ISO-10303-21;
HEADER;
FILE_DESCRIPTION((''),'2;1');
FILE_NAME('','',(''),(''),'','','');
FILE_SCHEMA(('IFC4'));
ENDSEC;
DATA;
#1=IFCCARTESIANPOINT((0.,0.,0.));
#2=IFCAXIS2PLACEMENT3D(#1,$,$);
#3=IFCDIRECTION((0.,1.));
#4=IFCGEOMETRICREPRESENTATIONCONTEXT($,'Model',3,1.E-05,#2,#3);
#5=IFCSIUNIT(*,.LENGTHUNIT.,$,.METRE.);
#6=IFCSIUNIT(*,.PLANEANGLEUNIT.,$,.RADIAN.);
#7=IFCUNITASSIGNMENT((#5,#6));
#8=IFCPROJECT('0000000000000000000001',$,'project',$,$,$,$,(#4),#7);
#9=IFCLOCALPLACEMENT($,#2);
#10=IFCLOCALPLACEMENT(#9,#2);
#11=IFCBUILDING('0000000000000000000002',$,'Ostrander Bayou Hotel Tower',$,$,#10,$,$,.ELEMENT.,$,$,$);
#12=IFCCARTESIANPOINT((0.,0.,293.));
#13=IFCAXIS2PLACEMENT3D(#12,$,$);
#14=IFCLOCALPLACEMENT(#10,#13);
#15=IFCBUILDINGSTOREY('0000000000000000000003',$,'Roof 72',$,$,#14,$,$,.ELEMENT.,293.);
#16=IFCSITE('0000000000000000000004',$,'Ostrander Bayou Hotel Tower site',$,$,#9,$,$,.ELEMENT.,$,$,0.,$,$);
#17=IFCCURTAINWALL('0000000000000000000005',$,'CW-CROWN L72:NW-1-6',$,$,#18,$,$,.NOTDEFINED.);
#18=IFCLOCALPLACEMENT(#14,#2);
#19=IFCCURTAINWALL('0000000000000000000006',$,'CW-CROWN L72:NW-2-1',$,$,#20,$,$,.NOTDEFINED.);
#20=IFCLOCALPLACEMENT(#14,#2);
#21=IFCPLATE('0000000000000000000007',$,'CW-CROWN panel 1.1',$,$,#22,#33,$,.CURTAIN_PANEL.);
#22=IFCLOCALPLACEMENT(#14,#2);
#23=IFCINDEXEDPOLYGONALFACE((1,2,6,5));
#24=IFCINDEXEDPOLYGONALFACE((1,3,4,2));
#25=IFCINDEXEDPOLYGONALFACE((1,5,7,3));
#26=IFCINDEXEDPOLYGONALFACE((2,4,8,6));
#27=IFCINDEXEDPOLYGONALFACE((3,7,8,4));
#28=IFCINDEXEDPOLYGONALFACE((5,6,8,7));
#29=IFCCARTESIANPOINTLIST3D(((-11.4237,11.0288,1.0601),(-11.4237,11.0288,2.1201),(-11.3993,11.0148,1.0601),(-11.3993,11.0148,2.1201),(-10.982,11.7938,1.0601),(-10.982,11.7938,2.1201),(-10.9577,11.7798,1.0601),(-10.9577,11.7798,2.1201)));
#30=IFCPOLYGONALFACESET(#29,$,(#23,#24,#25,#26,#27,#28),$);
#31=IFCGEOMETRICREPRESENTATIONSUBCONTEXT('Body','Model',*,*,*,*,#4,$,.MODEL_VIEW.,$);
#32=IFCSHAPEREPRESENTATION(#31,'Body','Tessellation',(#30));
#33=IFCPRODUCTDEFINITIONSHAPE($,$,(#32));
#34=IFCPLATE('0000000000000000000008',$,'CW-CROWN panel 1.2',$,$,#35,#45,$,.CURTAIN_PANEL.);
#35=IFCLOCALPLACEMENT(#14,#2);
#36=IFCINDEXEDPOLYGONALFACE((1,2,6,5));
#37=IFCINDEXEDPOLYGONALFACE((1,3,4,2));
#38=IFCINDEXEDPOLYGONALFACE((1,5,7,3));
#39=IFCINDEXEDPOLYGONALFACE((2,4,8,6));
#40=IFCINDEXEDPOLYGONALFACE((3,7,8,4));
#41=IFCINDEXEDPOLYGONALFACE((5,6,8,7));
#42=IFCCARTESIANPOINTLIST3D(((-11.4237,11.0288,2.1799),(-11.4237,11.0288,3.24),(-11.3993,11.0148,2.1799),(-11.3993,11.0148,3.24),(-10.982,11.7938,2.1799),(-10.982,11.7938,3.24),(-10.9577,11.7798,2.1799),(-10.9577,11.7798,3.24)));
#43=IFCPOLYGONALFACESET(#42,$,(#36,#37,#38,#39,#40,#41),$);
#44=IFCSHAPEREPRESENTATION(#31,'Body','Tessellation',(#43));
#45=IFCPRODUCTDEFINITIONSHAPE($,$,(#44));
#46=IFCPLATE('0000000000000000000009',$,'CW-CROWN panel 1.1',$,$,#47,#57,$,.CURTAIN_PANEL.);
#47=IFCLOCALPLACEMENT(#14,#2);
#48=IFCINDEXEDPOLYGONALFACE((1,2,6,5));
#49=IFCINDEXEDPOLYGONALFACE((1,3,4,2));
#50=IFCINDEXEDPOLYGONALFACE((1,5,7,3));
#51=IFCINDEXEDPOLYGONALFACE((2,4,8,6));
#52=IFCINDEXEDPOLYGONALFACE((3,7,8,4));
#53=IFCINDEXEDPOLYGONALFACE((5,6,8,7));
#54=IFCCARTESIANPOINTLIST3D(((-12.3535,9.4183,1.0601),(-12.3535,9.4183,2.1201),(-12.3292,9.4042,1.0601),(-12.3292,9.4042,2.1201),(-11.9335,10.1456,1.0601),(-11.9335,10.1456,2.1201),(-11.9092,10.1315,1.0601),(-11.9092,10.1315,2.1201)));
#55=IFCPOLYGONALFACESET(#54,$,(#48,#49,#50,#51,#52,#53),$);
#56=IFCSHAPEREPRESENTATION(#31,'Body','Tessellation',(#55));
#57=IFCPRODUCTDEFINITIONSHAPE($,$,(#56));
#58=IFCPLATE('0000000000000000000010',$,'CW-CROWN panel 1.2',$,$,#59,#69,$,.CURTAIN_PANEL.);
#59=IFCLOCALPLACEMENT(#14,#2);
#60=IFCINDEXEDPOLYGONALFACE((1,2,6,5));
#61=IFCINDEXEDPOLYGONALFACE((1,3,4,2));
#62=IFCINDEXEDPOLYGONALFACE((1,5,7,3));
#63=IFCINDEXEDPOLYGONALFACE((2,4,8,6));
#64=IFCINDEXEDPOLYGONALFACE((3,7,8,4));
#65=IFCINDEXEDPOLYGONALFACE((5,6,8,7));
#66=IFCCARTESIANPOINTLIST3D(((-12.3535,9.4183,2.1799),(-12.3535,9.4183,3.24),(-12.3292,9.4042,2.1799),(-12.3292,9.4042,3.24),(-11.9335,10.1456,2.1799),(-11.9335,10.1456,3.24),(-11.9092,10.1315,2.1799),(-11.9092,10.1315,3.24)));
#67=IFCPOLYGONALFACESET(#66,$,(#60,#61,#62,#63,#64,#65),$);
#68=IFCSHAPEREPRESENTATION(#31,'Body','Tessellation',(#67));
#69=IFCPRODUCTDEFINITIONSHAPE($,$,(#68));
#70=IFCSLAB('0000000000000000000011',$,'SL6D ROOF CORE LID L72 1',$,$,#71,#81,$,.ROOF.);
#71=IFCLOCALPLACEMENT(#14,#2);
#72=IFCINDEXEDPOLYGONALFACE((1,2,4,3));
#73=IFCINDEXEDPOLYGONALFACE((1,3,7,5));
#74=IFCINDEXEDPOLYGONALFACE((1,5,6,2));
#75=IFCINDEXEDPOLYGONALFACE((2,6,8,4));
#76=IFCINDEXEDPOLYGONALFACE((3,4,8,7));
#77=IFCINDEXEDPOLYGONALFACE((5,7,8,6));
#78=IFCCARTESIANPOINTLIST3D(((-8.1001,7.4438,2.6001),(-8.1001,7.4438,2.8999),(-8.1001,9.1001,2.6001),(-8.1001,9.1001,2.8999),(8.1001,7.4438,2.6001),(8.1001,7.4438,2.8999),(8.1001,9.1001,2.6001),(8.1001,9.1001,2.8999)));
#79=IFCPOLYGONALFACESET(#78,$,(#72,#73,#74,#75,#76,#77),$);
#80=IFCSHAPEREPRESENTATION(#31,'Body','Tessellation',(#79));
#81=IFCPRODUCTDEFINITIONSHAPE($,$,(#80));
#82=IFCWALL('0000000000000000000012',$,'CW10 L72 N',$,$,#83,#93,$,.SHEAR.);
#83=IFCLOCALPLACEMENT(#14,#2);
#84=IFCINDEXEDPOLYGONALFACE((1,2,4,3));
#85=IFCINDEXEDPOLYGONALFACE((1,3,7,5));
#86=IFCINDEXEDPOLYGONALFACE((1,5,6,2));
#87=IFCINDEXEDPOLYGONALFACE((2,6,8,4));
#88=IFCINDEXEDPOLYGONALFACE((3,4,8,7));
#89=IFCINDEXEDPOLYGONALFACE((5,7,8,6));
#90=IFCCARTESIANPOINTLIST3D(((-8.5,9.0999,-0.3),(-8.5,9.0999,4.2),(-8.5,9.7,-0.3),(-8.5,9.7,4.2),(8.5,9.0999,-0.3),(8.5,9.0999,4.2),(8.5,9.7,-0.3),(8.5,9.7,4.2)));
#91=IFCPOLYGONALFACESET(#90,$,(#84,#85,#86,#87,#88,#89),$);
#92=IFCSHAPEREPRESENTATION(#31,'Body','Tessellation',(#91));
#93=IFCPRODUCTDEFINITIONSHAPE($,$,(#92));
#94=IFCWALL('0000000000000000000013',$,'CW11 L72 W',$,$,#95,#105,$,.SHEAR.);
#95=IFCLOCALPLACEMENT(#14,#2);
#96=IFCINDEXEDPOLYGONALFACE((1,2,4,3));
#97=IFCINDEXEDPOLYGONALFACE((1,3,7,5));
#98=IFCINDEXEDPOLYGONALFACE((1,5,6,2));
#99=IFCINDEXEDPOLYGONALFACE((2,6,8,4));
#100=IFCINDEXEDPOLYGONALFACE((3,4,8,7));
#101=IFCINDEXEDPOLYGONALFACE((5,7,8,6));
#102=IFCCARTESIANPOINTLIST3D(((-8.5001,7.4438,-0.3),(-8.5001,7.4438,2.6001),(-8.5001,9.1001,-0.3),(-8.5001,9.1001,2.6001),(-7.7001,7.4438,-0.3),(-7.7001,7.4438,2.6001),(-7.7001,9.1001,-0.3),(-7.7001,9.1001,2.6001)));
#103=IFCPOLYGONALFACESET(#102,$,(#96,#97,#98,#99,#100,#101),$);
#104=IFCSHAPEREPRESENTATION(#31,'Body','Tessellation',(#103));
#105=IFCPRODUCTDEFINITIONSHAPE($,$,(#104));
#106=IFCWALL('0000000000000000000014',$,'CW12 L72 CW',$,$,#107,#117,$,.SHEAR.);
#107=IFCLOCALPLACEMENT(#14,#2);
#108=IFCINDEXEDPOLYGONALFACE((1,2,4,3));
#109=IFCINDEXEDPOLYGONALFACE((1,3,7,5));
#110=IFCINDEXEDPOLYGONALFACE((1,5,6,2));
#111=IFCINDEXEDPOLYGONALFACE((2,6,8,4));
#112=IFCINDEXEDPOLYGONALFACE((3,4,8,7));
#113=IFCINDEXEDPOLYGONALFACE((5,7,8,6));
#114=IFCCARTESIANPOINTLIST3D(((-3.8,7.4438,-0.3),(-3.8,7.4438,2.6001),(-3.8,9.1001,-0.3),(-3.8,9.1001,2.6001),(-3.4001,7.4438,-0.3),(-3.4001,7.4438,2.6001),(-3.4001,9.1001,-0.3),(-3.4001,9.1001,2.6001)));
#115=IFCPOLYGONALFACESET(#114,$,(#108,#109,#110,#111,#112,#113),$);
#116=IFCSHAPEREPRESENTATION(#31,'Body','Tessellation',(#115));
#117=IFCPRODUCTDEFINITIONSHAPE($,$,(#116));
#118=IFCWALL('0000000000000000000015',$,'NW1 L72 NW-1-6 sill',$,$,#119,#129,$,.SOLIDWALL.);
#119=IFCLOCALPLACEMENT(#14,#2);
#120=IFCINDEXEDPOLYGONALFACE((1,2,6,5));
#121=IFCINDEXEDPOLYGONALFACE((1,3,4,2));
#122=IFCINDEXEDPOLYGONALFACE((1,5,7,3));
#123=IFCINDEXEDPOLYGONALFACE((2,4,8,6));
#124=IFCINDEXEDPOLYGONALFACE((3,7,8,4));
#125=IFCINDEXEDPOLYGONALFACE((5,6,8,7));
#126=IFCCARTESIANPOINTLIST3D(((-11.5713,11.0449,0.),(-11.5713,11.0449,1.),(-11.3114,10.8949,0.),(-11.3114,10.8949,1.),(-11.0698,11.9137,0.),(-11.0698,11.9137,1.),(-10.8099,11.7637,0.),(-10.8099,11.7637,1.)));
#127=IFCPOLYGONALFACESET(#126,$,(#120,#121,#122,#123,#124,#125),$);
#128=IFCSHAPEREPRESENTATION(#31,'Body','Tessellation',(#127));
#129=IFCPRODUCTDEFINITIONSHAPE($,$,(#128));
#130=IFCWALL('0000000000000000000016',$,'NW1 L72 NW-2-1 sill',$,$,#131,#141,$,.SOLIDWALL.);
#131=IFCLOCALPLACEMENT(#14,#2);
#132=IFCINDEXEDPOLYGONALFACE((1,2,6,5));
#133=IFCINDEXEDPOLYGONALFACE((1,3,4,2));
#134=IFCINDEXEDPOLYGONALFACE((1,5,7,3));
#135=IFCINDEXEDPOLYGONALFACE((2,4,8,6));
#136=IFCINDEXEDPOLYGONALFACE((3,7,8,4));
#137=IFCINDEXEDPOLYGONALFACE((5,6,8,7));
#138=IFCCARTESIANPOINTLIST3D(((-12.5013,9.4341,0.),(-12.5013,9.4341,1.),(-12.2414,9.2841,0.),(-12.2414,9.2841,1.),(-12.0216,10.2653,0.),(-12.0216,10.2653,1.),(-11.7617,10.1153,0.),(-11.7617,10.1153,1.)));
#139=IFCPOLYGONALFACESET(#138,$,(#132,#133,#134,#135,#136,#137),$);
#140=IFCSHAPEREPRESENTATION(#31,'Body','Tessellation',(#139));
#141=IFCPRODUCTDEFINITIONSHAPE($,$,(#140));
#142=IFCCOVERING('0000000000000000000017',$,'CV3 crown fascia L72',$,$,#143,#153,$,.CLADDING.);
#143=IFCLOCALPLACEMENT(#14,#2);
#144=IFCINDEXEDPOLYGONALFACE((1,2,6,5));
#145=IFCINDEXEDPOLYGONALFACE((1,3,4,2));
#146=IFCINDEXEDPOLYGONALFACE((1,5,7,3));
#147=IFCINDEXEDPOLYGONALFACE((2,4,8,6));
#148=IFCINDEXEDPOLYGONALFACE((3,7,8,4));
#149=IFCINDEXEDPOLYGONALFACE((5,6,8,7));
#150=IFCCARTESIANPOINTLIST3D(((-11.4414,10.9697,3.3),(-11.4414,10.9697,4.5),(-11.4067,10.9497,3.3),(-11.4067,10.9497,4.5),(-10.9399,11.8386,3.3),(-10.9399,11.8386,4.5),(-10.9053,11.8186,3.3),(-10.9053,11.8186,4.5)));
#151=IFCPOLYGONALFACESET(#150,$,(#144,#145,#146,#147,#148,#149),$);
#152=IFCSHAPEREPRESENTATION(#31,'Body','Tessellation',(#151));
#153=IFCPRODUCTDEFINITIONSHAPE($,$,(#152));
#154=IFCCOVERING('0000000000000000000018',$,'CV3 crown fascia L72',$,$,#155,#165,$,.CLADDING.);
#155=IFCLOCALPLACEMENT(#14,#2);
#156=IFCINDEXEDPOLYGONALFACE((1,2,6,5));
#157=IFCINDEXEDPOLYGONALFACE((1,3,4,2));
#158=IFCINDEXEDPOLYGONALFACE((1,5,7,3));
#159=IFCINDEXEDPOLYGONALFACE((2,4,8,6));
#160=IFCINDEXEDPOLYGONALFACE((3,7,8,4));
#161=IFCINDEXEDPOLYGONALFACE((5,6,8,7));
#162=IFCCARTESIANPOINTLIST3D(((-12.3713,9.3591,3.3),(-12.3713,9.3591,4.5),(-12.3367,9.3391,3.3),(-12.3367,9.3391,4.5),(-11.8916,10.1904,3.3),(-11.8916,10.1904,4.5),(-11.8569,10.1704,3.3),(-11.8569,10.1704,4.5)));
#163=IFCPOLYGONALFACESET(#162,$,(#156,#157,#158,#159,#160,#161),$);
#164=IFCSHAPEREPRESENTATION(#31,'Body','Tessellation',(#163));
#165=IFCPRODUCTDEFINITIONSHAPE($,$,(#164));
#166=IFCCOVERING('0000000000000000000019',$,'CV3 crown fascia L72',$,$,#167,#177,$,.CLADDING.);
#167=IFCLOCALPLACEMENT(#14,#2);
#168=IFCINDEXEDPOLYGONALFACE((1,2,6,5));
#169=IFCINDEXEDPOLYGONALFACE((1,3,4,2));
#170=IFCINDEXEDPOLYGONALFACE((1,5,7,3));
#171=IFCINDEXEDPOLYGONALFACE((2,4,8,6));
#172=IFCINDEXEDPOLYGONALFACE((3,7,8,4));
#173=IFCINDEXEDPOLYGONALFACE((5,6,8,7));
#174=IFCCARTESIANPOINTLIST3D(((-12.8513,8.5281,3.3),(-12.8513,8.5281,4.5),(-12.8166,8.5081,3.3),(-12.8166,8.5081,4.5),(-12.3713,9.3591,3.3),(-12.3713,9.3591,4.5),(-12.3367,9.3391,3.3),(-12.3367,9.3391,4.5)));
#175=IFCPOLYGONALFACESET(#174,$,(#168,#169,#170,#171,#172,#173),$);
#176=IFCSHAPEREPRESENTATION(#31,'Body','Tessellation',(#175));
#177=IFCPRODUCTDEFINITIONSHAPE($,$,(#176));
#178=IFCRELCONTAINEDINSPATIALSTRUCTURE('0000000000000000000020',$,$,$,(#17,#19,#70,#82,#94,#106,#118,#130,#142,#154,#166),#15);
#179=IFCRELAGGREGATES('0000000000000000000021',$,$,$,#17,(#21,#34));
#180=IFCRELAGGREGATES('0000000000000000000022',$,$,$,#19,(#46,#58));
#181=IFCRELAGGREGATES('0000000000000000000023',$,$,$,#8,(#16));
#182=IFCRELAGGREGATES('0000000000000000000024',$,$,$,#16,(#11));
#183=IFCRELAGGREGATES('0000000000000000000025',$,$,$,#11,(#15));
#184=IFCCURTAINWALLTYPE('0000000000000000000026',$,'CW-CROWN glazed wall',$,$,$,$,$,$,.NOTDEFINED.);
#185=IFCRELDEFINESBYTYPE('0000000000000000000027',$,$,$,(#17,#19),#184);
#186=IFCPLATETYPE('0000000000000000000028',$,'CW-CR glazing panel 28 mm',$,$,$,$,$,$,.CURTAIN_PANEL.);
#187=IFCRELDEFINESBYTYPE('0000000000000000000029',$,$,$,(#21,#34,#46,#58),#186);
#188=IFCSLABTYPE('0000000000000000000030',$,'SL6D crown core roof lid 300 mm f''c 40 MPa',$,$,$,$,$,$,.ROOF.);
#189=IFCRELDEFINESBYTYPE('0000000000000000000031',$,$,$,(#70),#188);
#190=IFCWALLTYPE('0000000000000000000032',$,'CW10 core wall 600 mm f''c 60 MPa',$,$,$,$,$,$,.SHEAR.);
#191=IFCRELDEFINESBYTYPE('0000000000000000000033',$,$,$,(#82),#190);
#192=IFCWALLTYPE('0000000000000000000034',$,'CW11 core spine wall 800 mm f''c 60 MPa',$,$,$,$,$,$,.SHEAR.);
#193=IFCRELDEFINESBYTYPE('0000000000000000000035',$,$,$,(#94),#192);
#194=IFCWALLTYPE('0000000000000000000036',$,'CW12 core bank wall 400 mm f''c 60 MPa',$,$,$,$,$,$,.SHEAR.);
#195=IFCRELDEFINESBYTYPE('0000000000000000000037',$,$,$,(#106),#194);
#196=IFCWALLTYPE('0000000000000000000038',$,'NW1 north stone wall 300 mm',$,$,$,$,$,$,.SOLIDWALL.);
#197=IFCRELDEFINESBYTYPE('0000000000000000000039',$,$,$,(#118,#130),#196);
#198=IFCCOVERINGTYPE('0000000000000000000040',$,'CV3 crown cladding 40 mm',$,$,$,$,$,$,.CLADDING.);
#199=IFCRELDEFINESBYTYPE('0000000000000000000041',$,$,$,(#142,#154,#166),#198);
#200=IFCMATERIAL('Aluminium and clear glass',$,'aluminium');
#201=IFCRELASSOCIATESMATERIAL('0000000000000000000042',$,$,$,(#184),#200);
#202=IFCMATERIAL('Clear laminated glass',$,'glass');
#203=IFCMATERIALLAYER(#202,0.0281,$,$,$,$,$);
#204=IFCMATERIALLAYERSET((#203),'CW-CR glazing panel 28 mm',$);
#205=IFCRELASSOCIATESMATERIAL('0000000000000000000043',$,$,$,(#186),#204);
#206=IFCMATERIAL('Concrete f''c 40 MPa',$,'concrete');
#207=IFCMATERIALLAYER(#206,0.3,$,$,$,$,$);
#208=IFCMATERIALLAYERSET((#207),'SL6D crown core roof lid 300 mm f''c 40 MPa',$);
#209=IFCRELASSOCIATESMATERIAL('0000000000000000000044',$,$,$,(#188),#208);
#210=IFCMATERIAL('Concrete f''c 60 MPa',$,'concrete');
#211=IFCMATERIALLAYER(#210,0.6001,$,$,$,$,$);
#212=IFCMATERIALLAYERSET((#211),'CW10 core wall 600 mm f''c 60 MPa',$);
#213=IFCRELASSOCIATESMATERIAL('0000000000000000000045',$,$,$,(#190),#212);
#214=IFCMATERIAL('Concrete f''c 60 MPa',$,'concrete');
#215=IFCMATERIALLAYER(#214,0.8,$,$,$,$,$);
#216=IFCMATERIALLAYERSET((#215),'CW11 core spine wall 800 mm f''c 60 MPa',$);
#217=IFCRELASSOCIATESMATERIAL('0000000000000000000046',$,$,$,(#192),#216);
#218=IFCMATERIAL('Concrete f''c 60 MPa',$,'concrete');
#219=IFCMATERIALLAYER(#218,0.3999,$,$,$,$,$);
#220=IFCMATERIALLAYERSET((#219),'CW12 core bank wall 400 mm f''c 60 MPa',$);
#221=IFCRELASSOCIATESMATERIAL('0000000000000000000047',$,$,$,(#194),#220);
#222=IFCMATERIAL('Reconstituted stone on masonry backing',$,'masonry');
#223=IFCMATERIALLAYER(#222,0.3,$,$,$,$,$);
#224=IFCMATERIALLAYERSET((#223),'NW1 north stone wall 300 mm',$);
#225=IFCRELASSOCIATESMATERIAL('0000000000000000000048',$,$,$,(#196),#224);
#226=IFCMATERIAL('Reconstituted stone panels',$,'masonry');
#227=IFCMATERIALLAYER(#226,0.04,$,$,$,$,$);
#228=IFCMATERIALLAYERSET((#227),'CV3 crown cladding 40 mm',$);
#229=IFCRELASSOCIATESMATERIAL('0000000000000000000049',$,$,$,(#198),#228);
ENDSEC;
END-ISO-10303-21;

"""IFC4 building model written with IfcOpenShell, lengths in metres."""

from ifc_helpers import new_model, si_unit, direction, frame, frame_2d, origin, origin_2d, place, context, subcontext, project, spatial, polyline, rectangle, outline, extrude, material, layer, layer_set, type_object, element, aggregate, save


model = new_model("IFC4")

# Units and contexts
model_context = context("Model", 3, precision=1e-05, world=origin(), true_north=direction((0.0, 1.0)))
body_context = subcontext(model_context, "Body", "Model", "MODEL_VIEW")
ifc_project = project(units=[si_unit("LENGTHUNIT", "METRE"), si_unit("PLANEANGLEUNIT", "RADIAN")], contexts=[model_context])

# Site, building, storey
site_placement = place(None, origin())
site = spatial("IfcSite", under=ifc_project, at=site_placement, Name="Ostrander Bayou Hotel Tower site", CompositionType="ELEMENT", RefElevation=0.0)
building_placement = place(site_placement, origin())
building = spatial("IfcBuilding", under=site, at=building_placement, Name="Ostrander Bayou Hotel Tower", CompositionType="ELEMENT")
storey_placement = place(building_placement, frame((0.0, 0.0, 293.0)))
storey = spatial("IfcBuildingStorey", under=building, at=storey_placement, Name="Roof 72", CompositionType="ELEMENT", Elevation=293.0)

# Shared definitions
ifc_material_1 = material(Name="Aluminium and clear glass", Category="aluminium")
curtain_wall_type = type_object("IfcCurtainWallType", Name="CW-CROWN glazed wall", PredefinedType="NOTDEFINED", material=ifc_material_1)

# Curtain walls
curtain_wall_1_placement = place(storey_placement, origin())
curtain_wall_1 = element("IfcCurtainWall", 1, at=curtain_wall_1_placement, inside=storey, type_object=curtain_wall_type, Name="CW-CROWN L72:NW-1-6", PredefinedType="NOTDEFINED")
curtain_wall_2_placement = place(storey_placement, origin())
curtain_wall_2 = element("IfcCurtainWall", 2, at=curtain_wall_2_placement, inside=storey, type_object=curtain_wall_type, Name="CW-CROWN L72:NW-2-1", PredefinedType="NOTDEFINED")

# Plates
ifc_material_2 = material(Name="Clear laminated glass", Category="glass")
ifc_layer_1 = layer(ifc_material_2, 0.0281)
ifc_layer_set_1 = layer_set([ifc_layer_1], Name="CW-CR glazing panel 28 mm")
plate_type = type_object("IfcPlateType", Name="CW-CR glazing panel 28 mm", PredefinedType="CURTAIN_PANEL", material=ifc_layer_set_1)
plate_1_placement = place(storey_placement, frame((-11.1907, 11.4043, 1.0601), z_axis=(0.0, 0.0, 1.0), x_axis=(-0.499999, -0.866026, 0.0)))
plate_1 = element("IfcPlate", 3, at=plate_1_placement, type_object=plate_type, Name="CW-CROWN panel 1.1", PredefinedType="CURTAIN_PANEL", context=body_context, shape_type="SweptSolid", body=[
    extrude(rectangle(XDim=0.8833, YDim=0.0281, at=origin_2d()), origin(), (0.0, 0.0, 1.0), 1.0601),
])
plate_2_placement = place(storey_placement, frame((-11.1907, 11.4043, 2.1799), z_axis=(0.0, 0.0, 1.0), x_axis=(-0.499999, -0.866026, 0.0)))
plate_2 = element("IfcPlate", 4, at=plate_2_placement, type_object=plate_type, Name="CW-CROWN panel 1.2", PredefinedType="CURTAIN_PANEL", context=body_context, shape_type="SweptSolid", body=[
    extrude(rectangle(XDim=0.8833, YDim=0.0281, at=origin_2d()), origin(), (0.0, 0.0, 1.0), 1.0601),
])
aggregate(curtain_wall_1, [plate_1, plate_2])
plate_3_placement = place(storey_placement, frame((-12.1313, 9.7749, 1.0601), z_axis=(0.0, 0.0, 1.0), x_axis=(-0.500005, -0.866022, 0.0)))
plate_3 = element("IfcPlate", 5, at=plate_3_placement, type_object=plate_type, Name="CW-CROWN panel 1.1", PredefinedType="CURTAIN_PANEL", context=body_context, shape_type="SweptSolid", body=[
    extrude(rectangle(XDim=0.8398, YDim=0.0281, at=origin_2d()), origin(), (0.0, 0.0, 1.0), 1.0601),
])
plate_4_placement = place(storey_placement, frame((-12.1313, 9.7749, 2.1799), z_axis=(0.0, 0.0, 1.0), x_axis=(-0.500005, -0.866022, 0.0)))
plate_4 = element("IfcPlate", 6, at=plate_4_placement, type_object=plate_type, Name="CW-CROWN panel 1.2", PredefinedType="CURTAIN_PANEL", context=body_context, shape_type="SweptSolid", body=[
    extrude(rectangle(XDim=0.8398, YDim=0.0281, at=origin_2d()), origin(), (0.0, 0.0, 1.0), 1.0601),
])
aggregate(curtain_wall_2, [plate_3, plate_4])

# Slab
ifc_material_3 = material(Name="Concrete f'c 40 MPa", Category="concrete")
ifc_layer_2 = layer(ifc_material_3, 0.3)
ifc_layer_set_2 = layer_set([ifc_layer_2], Name="SL6D crown core roof lid 300 mm f'c 40 MPa")
slab_type = type_object("IfcSlabType", Name="SL6D crown core roof lid 300 mm f'c 40 MPa", PredefinedType="ROOF", material=ifc_layer_set_2)
slab_placement = place(storey_placement, frame((0.0, 0.0, 2.6001)))
element("IfcSlab", 7, at=slab_placement, inside=storey, type_object=slab_type, Name="SL6D ROOF CORE LID L72 1", PredefinedType="ROOF", context=body_context, shape_type="SweptSolid", body=[
    extrude(outline(polyline([(8.1001, 7.4438), (-8.1001, 7.4438), (-8.1001, 9.1001), (8.1001, 9.1001), (8.1001, 7.4438)])), origin(), (0.0, 0.0, 1.0), 0.2998),
])

# Walls
ifc_material_4 = material(Name="Concrete f'c 60 MPa", Category="concrete")
ifc_layer_3 = layer(ifc_material_4, 0.6001)
ifc_layer_set_3 = layer_set([ifc_layer_3], Name="CW10 core wall 600 mm f'c 60 MPa")
wall_type_1 = type_object("IfcWallType", Name="CW10 core wall 600 mm f'c 60 MPa", PredefinedType="SHEAR", material=ifc_layer_set_3)
wall_1_placement = place(storey_placement, frame((-8.5, 9.3999, -0.3), z_axis=(0.0, 0.0, 1.0), x_axis=(1.0, 0.0, 0.0)))
element("IfcWall", 8, at=wall_1_placement, inside=storey, type_object=wall_type_1, Name="CW10 L72 N", PredefinedType="SHEAR", context=body_context, shape_type="SweptSolid", body=[
    extrude(rectangle(XDim=17.0, YDim=0.6001, at=frame_2d((8.5, 0.0))), origin(), (0.0, 0.0, 1.0), 4.5),
])
ifc_material_5 = material(Name="Concrete f'c 60 MPa", Category="concrete")
ifc_layer_4 = layer(ifc_material_5, 0.8)
ifc_layer_set_4 = layer_set([ifc_layer_4], Name="CW11 core spine wall 800 mm f'c 60 MPa")
wall_type_2 = type_object("IfcWallType", Name="CW11 core spine wall 800 mm f'c 60 MPa", PredefinedType="SHEAR", material=ifc_layer_set_4)
wall_2_placement = place(storey_placement, frame((-8.1001, 7.4438, -0.3), z_axis=(0.0, 0.0, 1.0), x_axis=(0.0, 1.0, 0.0)))
element("IfcWall", 9, at=wall_2_placement, inside=storey, type_object=wall_type_2, Name="CW11 L72 W", PredefinedType="SHEAR", context=body_context, shape_type="SweptSolid", body=[
    extrude(rectangle(XDim=1.6562, YDim=0.8, at=frame_2d((0.8281, 0.0))), origin(), (0.0, 0.0, 1.0), 2.9001),
])
ifc_material_6 = material(Name="Concrete f'c 60 MPa", Category="concrete")
ifc_layer_5 = layer(ifc_material_6, 0.3999)
ifc_layer_set_5 = layer_set([ifc_layer_5], Name="CW12 core bank wall 400 mm f'c 60 MPa")
wall_type_3 = type_object("IfcWallType", Name="CW12 core bank wall 400 mm f'c 60 MPa", PredefinedType="SHEAR", material=ifc_layer_set_5)
wall_3_placement = place(storey_placement, frame((-3.6001, 7.4438, -0.3), z_axis=(0.0, 0.0, 1.0), x_axis=(0.0, 1.0, 0.0)))
element("IfcWall", 10, at=wall_3_placement, inside=storey, type_object=wall_type_3, Name="CW12 L72 CW", PredefinedType="SHEAR", context=body_context, shape_type="SweptSolid", body=[
    extrude(rectangle(XDim=1.6562, YDim=0.3999, at=frame_2d((0.8281, 0.0))), origin(), (0.0, 0.0, 1.0), 2.9001),
])
ifc_material_7 = material(Name="Reconstituted stone on masonry backing", Category="masonry")
ifc_layer_6 = layer(ifc_material_7, 0.3)
ifc_layer_set_6 = layer_set([ifc_layer_6], Name="NW1 north stone wall 300 mm")
wall_type_4 = type_object("IfcWallType", Name="NW1 north stone wall 300 mm", PredefinedType="SOLIDWALL", material=ifc_layer_set_6)
wall_4_placement = place(storey_placement, frame((-10.9399, 11.8386, 0.0), z_axis=(0.0, 0.0, 1.0), x_axis=(-0.499856, -0.866109, 0.0)))
element("IfcWall", 11, at=wall_4_placement, inside=storey, type_object=wall_type_4, Name="NW1 L72 NW-1-6 sill", PredefinedType="SOLIDWALL", context=body_context, shape_type="SweptSolid", body=[
    extrude(rectangle(XDim=1.0032, YDim=0.3, at=frame_2d((0.5015, 0.0))), origin(), (0.0, 0.0, 1.0), 1.0),
])
wall_5_placement = place(storey_placement, frame((-11.8916, 10.1904, 0.0), z_axis=(0.0, 0.0, 1.0), x_axis=(-0.499833, -0.866122, 0.0)))
element("IfcWall", 12, at=wall_5_placement, inside=storey, type_object=wall_type_4, Name="NW1 L72 NW-2-1 sill", PredefinedType="SOLIDWALL", context=body_context, shape_type="SweptSolid", body=[
    extrude(rectangle(XDim=0.9597, YDim=0.3, at=frame_2d((0.48, 0.0))), origin(), (0.0, 0.0, 1.0), 1.0),
])

# Coverings
ifc_material_8 = material(Name="Reconstituted stone panels", Category="masonry")
ifc_layer_7 = layer(ifc_material_8, 0.04)
ifc_layer_set_7 = layer_set([ifc_layer_7], Name="CV3 crown cladding 40 mm")
covering_type = type_object("IfcCoveringType", Name="CV3 crown cladding 40 mm", PredefinedType="CLADDING", material=ifc_layer_set_7)
covering_1_placement = place(storey_placement, frame((-10.9399, 11.8386, 3.3), z_axis=(-0.866109, 0.499856, 0.0), x_axis=(-0.499856, -0.866109, 0.0)))
element("IfcCovering", 13, at=covering_1_placement, inside=storey, type_object=covering_type, Name="CV3 crown fascia L72", PredefinedType="CLADDING", context=body_context, shape_type="SweptSolid", body=[
    extrude(outline(polyline([(0.0, 0.0), (1.0032, 0.0), (1.0032, 1.2), (0.0, 1.2), (0.0, 0.0)])), origin(), (0.0, 0.0, -1.0), 0.04),
])
covering_2_placement = place(storey_placement, frame((-11.8916, 10.1904, 3.3), z_axis=(-0.866122, 0.499833, 0.0), x_axis=(-0.499833, -0.866122, 0.0)))
element("IfcCovering", 14, at=covering_2_placement, inside=storey, type_object=covering_type, Name="CV3 crown fascia L72", PredefinedType="CLADDING", context=body_context, shape_type="SweptSolid", body=[
    extrude(outline(polyline([(0.0, 0.0), (0.9598, 0.0), (0.9598, 1.2), (0.0, 1.2), (0.0, 0.0)])), origin(), (0.0, 0.0, -1.0), 0.04),
])
covering_3_placement = place(storey_placement, frame((-12.3713, 9.3591, 3.3), z_axis=(-0.865948, 0.500133, 0.0), x_axis=(-0.500133, -0.865948, 0.0)))
element("IfcCovering", 15, at=covering_3_placement, inside=storey, type_object=covering_type, Name="CV3 crown fascia L72", PredefinedType="CLADDING", context=body_context, shape_type="SweptSolid", body=[
    extrude(outline(polyline([(0.0, 0.0), (0.9597, 0.0), (0.9597, 1.2), (0.0, 1.2), (0.0, 0.0)])), origin(), (0.0, 0.0, -1.0), 0.04),
])

save(model, "model.ifc")
